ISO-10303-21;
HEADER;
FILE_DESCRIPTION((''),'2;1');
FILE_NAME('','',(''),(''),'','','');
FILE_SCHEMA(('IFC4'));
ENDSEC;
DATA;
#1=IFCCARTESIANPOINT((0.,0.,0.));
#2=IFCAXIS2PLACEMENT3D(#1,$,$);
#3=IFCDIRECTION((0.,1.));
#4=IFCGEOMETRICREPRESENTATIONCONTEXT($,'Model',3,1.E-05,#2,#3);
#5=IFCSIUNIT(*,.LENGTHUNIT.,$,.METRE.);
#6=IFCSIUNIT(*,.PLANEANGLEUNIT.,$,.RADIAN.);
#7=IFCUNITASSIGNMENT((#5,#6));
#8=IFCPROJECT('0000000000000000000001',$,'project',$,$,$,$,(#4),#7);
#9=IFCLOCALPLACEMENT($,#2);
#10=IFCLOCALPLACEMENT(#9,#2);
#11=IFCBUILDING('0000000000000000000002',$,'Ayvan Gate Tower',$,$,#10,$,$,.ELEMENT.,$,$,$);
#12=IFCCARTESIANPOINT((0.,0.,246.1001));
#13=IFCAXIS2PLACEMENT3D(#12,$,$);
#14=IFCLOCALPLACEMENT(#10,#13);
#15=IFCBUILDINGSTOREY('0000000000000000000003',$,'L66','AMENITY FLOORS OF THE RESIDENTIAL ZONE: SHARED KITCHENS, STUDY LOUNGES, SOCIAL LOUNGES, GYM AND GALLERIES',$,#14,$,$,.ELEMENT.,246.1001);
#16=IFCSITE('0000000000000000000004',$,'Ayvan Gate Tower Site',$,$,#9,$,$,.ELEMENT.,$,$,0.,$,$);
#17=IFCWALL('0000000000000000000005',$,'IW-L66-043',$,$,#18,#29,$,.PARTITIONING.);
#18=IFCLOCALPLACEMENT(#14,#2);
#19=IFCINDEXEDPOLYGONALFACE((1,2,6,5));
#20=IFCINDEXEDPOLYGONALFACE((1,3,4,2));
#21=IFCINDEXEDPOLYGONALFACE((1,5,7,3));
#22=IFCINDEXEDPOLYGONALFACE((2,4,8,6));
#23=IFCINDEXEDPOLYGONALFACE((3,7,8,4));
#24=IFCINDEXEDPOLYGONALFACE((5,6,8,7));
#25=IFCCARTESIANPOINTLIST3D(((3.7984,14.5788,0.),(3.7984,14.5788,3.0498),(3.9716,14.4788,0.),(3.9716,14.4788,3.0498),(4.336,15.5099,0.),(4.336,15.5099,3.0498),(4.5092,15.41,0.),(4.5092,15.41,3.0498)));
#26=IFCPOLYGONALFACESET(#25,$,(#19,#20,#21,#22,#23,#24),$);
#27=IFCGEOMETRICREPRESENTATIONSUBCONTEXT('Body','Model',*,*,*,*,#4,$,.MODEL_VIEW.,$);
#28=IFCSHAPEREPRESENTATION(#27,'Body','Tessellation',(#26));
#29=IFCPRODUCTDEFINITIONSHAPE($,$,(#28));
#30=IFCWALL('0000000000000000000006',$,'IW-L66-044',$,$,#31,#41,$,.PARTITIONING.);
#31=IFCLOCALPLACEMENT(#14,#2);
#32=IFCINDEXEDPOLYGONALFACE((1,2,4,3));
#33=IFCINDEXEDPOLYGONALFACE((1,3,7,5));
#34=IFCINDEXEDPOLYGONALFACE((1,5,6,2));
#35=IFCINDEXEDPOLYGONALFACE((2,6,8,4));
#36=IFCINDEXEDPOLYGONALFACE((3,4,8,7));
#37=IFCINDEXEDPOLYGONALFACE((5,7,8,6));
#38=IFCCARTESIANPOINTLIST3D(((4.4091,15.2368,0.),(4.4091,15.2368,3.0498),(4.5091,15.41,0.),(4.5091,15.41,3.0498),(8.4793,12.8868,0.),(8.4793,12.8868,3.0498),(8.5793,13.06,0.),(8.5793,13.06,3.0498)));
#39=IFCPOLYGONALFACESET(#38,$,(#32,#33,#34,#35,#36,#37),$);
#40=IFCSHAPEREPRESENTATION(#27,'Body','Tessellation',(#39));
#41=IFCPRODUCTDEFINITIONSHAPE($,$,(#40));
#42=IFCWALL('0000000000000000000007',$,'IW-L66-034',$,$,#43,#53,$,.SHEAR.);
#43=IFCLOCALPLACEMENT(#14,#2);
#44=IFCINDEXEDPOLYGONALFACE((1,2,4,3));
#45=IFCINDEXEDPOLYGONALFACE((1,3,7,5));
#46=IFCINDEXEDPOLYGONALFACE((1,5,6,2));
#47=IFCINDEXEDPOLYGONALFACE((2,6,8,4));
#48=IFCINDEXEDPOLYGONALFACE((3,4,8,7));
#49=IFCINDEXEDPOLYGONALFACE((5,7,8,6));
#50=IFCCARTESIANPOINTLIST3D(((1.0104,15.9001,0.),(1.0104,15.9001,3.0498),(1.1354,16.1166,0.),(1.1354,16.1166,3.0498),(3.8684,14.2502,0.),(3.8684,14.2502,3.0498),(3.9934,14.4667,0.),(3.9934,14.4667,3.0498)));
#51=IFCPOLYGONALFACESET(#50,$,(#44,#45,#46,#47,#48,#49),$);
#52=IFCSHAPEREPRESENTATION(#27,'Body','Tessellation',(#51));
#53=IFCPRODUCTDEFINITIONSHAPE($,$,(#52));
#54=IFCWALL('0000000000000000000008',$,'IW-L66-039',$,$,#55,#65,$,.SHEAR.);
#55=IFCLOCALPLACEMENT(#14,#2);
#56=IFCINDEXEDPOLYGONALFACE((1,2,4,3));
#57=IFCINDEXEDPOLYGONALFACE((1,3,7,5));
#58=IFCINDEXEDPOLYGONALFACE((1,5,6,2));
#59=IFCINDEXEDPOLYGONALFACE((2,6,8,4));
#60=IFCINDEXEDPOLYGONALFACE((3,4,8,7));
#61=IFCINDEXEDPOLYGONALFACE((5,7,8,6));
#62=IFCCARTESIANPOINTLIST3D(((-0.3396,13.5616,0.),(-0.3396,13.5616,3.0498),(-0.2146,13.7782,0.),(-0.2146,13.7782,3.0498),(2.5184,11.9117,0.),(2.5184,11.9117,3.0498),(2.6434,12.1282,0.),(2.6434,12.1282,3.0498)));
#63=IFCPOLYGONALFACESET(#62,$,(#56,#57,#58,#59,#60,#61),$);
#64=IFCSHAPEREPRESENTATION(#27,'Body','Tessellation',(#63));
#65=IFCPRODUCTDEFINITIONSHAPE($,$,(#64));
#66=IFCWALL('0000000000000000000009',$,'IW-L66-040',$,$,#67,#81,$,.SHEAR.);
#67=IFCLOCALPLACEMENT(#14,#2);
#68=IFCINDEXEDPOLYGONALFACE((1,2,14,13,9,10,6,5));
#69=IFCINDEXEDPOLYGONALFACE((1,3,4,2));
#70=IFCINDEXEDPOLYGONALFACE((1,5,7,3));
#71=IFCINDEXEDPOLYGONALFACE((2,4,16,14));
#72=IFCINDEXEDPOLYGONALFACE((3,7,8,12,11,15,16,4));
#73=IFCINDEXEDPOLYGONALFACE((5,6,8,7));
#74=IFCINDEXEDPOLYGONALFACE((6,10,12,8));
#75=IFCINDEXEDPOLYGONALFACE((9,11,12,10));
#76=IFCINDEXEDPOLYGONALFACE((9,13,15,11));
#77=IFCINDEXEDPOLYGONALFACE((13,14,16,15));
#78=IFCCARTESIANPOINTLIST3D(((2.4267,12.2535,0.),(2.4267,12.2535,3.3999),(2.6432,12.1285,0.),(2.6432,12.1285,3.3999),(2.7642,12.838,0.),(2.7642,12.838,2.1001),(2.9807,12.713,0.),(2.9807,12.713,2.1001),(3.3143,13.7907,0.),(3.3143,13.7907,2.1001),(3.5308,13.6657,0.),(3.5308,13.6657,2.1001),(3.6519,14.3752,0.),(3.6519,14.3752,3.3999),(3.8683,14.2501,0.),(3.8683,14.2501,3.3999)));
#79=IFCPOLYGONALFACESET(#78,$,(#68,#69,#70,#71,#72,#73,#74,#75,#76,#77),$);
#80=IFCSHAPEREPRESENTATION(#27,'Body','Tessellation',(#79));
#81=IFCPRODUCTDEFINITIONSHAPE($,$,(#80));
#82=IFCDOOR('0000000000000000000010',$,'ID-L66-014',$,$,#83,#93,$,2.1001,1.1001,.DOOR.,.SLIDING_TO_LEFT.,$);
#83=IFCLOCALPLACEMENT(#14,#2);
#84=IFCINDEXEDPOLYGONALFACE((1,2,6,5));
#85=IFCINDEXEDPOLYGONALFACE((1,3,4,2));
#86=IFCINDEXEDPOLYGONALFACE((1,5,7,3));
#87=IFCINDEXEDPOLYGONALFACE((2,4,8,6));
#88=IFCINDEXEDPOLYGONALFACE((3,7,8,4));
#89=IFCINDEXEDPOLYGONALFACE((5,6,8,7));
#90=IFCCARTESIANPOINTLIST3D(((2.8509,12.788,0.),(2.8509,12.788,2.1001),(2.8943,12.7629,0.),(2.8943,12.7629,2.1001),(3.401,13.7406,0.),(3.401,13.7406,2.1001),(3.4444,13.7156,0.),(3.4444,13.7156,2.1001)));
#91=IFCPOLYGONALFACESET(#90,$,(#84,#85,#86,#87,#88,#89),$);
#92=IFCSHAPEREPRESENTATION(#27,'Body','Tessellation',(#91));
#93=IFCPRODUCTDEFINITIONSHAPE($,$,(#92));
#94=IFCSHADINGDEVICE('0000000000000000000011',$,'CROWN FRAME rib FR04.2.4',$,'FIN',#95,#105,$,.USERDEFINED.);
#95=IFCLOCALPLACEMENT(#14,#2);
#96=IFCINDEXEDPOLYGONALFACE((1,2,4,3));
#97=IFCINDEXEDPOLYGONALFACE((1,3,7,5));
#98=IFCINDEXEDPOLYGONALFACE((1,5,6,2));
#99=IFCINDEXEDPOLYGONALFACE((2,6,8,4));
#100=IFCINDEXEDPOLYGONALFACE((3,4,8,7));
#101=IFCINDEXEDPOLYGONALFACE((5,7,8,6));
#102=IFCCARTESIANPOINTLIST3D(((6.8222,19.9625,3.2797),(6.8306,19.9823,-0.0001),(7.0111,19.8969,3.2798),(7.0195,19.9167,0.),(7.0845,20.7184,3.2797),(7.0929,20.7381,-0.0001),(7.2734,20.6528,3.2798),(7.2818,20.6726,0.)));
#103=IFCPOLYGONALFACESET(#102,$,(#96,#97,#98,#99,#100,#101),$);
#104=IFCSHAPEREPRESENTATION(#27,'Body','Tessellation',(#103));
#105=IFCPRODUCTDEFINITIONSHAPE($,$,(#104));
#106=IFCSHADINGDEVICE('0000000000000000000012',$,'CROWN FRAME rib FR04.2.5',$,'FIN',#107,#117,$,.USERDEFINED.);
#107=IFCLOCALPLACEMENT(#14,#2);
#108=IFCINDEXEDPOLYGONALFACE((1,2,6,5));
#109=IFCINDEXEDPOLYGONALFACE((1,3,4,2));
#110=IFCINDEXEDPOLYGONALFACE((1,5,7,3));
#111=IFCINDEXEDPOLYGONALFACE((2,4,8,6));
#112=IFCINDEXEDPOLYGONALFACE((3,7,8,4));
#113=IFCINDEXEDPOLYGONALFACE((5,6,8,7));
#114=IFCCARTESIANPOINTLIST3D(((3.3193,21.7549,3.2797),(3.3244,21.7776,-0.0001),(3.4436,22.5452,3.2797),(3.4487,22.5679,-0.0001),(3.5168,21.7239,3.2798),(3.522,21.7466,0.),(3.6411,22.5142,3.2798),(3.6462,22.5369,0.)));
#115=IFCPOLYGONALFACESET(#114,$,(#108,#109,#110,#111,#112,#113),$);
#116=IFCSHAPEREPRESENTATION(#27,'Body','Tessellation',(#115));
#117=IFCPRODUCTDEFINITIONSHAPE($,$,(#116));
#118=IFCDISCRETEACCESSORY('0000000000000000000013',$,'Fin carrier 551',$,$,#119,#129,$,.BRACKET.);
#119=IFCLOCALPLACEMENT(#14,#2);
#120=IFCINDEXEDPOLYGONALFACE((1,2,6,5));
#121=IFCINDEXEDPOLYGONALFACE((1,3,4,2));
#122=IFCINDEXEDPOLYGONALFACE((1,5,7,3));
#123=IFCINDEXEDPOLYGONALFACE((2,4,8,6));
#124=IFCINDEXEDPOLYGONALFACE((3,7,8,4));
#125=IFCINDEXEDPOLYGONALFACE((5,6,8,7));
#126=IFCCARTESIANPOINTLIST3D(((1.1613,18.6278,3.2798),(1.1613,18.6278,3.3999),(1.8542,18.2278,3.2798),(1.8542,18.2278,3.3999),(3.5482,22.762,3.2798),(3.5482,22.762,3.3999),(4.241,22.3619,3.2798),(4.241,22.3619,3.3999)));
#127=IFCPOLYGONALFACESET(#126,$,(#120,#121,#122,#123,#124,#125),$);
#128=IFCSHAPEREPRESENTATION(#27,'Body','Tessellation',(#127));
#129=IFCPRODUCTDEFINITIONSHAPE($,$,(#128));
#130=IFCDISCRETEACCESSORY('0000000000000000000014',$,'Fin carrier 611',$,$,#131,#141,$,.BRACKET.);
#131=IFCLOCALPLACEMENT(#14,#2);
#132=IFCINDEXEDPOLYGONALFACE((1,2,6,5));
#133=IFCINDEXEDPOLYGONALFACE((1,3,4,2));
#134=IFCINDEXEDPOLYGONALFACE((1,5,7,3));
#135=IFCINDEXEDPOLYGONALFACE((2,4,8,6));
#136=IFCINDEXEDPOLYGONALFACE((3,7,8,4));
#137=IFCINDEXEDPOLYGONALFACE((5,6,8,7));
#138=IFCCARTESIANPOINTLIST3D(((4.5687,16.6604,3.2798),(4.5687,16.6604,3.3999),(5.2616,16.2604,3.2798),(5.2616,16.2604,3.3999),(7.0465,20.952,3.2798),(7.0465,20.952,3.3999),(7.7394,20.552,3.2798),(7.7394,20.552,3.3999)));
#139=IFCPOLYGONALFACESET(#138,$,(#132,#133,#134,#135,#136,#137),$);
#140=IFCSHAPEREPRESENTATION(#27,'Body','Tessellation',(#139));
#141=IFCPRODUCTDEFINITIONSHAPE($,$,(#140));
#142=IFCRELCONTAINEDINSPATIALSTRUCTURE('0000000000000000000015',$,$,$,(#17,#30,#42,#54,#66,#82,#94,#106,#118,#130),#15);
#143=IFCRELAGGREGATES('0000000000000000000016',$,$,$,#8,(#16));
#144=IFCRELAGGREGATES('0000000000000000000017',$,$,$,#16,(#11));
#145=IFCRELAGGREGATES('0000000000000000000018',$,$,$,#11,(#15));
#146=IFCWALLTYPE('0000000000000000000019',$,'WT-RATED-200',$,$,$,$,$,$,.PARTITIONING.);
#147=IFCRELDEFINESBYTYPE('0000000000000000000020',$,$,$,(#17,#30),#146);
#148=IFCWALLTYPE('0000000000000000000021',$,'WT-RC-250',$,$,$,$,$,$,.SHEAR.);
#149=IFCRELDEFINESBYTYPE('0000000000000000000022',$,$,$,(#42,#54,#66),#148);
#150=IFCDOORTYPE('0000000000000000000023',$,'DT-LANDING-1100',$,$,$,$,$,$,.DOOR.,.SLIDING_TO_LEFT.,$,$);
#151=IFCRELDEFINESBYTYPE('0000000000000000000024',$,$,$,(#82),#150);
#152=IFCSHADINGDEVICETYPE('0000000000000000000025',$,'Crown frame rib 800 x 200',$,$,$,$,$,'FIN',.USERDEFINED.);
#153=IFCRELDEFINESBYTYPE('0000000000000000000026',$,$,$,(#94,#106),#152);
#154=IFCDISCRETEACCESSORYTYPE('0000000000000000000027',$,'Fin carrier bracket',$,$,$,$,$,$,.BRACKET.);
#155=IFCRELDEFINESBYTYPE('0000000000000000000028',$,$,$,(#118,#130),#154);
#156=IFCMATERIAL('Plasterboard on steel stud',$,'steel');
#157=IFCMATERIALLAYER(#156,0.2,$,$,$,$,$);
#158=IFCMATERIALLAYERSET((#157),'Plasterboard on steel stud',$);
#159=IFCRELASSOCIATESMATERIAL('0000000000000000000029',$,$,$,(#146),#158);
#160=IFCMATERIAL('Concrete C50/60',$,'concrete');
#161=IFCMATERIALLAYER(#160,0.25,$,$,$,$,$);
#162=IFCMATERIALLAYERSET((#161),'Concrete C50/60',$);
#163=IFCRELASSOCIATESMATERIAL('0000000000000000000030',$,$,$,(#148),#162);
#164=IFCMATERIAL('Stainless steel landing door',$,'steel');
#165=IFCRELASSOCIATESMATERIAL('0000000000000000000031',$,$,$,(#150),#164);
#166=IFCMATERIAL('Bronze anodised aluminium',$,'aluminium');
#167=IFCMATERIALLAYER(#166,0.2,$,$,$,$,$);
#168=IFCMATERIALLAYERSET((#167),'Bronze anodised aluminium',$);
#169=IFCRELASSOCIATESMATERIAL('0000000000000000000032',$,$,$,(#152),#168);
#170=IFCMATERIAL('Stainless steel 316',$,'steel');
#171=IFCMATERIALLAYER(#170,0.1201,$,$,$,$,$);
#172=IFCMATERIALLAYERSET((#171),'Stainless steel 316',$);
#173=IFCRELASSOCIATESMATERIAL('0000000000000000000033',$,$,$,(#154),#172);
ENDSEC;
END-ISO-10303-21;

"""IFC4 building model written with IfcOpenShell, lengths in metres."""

from ifc_helpers import new_model, si_unit, direction, frame, frame_2d, origin, origin_2d, place, context, subcontext, project, spatial, polyline, rectangle, outline, extrude, material, layer, layer_set, type_object, element, fill, save


model = new_model("IFC4")

# Units and contexts
model_context = context("Model", 3, precision=1e-05, world=origin(), true_north=direction((0.0, 1.0)))
body_context = subcontext(model_context, "Body", "Model", "MODEL_VIEW")
ifc_project = project(units=[si_unit("LENGTHUNIT", "METRE"), si_unit("PLANEANGLEUNIT", "RADIAN")], contexts=[model_context])

# Site, building, storey
site_placement = place(None, origin())
site = spatial("IfcSite", under=ifc_project, at=site_placement, Name="Ayvan Gate Tower Site", CompositionType="ELEMENT", RefElevation=0.0)
building_placement = place(site_placement, origin())
building = spatial("IfcBuilding", under=site, at=building_placement, Name="Ayvan Gate Tower", CompositionType="ELEMENT")
storey_placement = place(building_placement, frame((0.0, 0.0, 246.1001)))
storey = spatial("IfcBuildingStorey", under=building, at=storey_placement, Name="L66", Description="AMENITY FLOORS OF THE RESIDENTIAL ZONE: SHARED KITCHENS, STUDY LOUNGES, SOCIAL LOUNGES, GYM AND GALLERIES", CompositionType="ELEMENT", Elevation=246.1001)

# Shared definitions
ifc_material_1 = material(Name="Concrete C50/60", Category="concrete")

# Shared definitions
ifc_material_2 = material(Name="Bronze anodised aluminium", Category="aluminium")

# Walls
ifc_material_3 = material(Name="Plasterboard on steel stud", Category="steel")
ifc_layer_1 = layer(ifc_material_3, 0.2)
ifc_layer_set_1 = layer_set([ifc_layer_1], Name="Plasterboard on steel stud")
wall_type_1 = type_object("IfcWallType", Name="WT-RATED-200", PredefinedType="PARTITIONING", material=ifc_layer_set_1)
wall_1_placement = place(storey_placement, frame((3.885, 14.5288, 0.0), z_axis=(0.0, 0.0, 1.0), x_axis=(0.499998, 0.866027, 0.0)))
element("IfcWall", 1, at=wall_1_placement, inside=storey, type_object=wall_type_1, Name="IW-L66-043", PredefinedType="PARTITIONING", context=body_context, shape_type="SweptSolid", body=[
    extrude(rectangle(XDim=1.0752, YDim=0.2, at=frame_2d((0.5376, 0.0))), origin(), (0.0, 0.0, 1.0), 3.0498),
])
wall_2_placement = place(storey_placement, frame((4.459, 15.3235, 0.0), z_axis=(0.0, 0.0, 1.0), x_axis=(0.866016, -0.500016, 0.0)))
element("IfcWall", 2, at=wall_2_placement, inside=storey, type_object=wall_type_1, Name="IW-L66-044", PredefinedType="PARTITIONING", context=body_context, shape_type="SweptSolid", body=[
    extrude(rectangle(XDim=4.7, YDim=0.2, at=frame_2d((2.3501, 0.0))), origin(), (0.0, 0.0, 1.0), 3.0498),
])
ifc_layer_2 = layer(ifc_material_1, 0.25)
ifc_layer_set_2 = layer_set([ifc_layer_2], Name="Concrete C50/60")
wall_type_2 = type_object("IfcWallType", Name="WT-RC-250", PredefinedType="SHEAR", material=ifc_layer_set_2)
for number, where, z_axis, x_axis, name in (
    (3, (1.073, 16.0083, 0.0), (0.0, 0.0, 1.0), (0.86604, -0.499974, 0.0), "IW-L66-034"),
    (4, (2.5808, 12.02, 0.0), (0.0, 0.0, 1.0), (-0.86604, 0.499974, 0.0), "IW-L66-039"),
):
    element("IfcWall", number, at=place(storey_placement, frame(where, z_axis=z_axis, x_axis=x_axis)), inside=storey, type_object=wall_type_2, Name=name, PredefinedType="SHEAR", context=body_context, shape_type="SweptSolid", body=[
        extrude(rectangle(XDim=3.3, YDim=0.25, at=frame_2d((1.6499, 0.0))), origin(), (0.0, 0.0, 1.0), 3.0498),
    ])

# Wall, opening, door
wall_3_placement = place(storey_placement, frame((2.5349, 12.1909, 0.0), z_axis=(0.0, 0.0, 1.0), x_axis=(0.500062, 0.86599, 0.0)))
wall_3 = element("IfcWall", 5, at=wall_3_placement, inside=storey, type_object=wall_type_2, Name="IW-L66-040", PredefinedType="SHEAR", context=body_context, shape_type="SweptSolid", body=[
    extrude(rectangle(XDim=2.45, YDim=0.25, at=frame_2d((1.2251, 0.0))), origin(), (0.0, 0.0, 1.0), 3.3999),
])
opening_placement = place(wall_3_placement, frame((0.675, 0.0, 0.0)))
opening = element("IfcOpeningElement", 6, at=opening_placement, cuts=wall_3, PredefinedType="OPENING", context=body_context, shape_type="SweptSolid", body=[
    extrude(rectangle(XDim=1.1001, YDim=2.1001, at=frame_2d((0.55, 1.05))), frame((0.0, 0.135, 0.0), z_axis=(0.0, -1.0, 0.0), x_axis=(1.0, 0.0, 0.0)), (0.0, 0.0, 1.0), 0.27),
])
ifc_material_4 = material(Name="Stainless steel landing door", Category="steel")
door_type = type_object("IfcDoorType", Name="DT-LANDING-1100", OperationType="SLIDING_TO_LEFT", PredefinedType="DOOR", material=ifc_material_4)
door_placement = place(opening_placement, origin())
door = element("IfcDoor", 7, at=door_placement, inside=storey, type_object=door_type, Name="ID-L66-014", OperationType="SLIDING_TO_LEFT", OverallHeight=2.1001, OverallWidth=1.1001, PredefinedType="DOOR", context=body_context, shape_type="SweptSolid", body=[
    extrude(rectangle(XDim=1.1001, YDim=2.1001, at=frame_2d((0.55, 1.05))), frame((0.0, 0.0249, 0.0), z_axis=(0.0, -1.0, 0.0), x_axis=(1.0, 0.0, 0.0)), (0.0, 0.0, 1.0), 0.05),
])
fill(opening, door)

# Shading devices
ifc_layer_3 = layer(ifc_material_2, 0.2)
ifc_layer_set_3 = layer_set([ifc_layer_3], Name="Bronze anodised aluminium")
shading_device_type = type_object("IfcShadingDeviceType", Name="Crown frame rib 800 x 200", ElementType="FIN", PredefinedType="USERDEFINED", material=ifc_layer_set_3)
shading_device_1_placement = place(storey_placement, frame((7.0195, 19.9167, 0.0), z_axis=(0.944721, -0.327875, 0.000449), x_axis=(0.327876, 0.944721, 0.0)))
element("IfcShadingDevice", 8, at=shading_device_1_placement, inside=storey, type_object=shading_device_type, Name="CROWN FRAME rib FR04.2.4", ObjectType="FIN", PredefinedType="USERDEFINED", context=body_context, shape_type="SweptSolid", body=[
    extrude(outline(polyline([(0.0, 0.0), (0.8, 0.0), (0.7786, 3.2798), (-0.0215, 3.2798), (0.0, 0.0)])), origin(), (0.0, 0.0, -1.0), 0.2),
])
shading_device_2_placement = place(storey_placement, frame((3.522, 21.7466, 0.0), z_axis=(0.987862, -0.155336, 0.000469), x_axis=(0.155336, 0.987862, 0.0)))
element("IfcShadingDevice", 9, at=shading_device_2_placement, inside=storey, type_object=shading_device_type, Name="CROWN FRAME rib FR04.2.5", ObjectType="FIN", PredefinedType="USERDEFINED", context=body_context, shape_type="SweptSolid", body=[
    extrude(outline(polyline([(0.0, 0.0), (0.8, 0.0), (0.7768, 3.2798), (-0.0232, 3.2798), (0.0, 0.0)])), origin(), (0.0, 0.0, -1.0), 0.2),
])

# Discrete accessories
ifc_material_5 = material(Name="Stainless steel 316", Category="steel")
ifc_layer_4 = layer(ifc_material_5, 0.1201)
ifc_layer_set_4 = layer_set([ifc_layer_4], Name="Stainless steel 316")
discrete_accessory_type = type_object("IfcDiscreteAccessoryType", Name="Fin carrier bracket", PredefinedType="BRACKET", material=ifc_layer_set_4)
discrete_accessory_1_placement = place(storey_placement, frame((2.7012, 20.4949, 3.2798), z_axis=(0.0, 0.0, 1.0), x_axis=(-0.866025, 0.5, 0.0)))
element("IfcDiscreteAccessory", 10, at=discrete_accessory_1_placement, inside=storey, type_object=discrete_accessory_type, Name="Fin carrier 551", PredefinedType="BRACKET", context=body_context, shape_type="SweptSolid", body=[
    extrude(rectangle(XDim=0.8, YDim=4.7737, at=origin_2d()), origin(), (0.0, 0.0, 1.0), 0.1201),
])
discrete_accessory_2_placement = place(storey_placement, frame((6.1541, 18.6062, 3.2798), z_axis=(0.0, 0.0, 1.0), x_axis=(-0.866025, 0.5, 0.0)))
element("IfcDiscreteAccessory", 11, at=discrete_accessory_2_placement, inside=storey, type_object=discrete_accessory_type, Name="Fin carrier 611", PredefinedType="BRACKET", context=body_context, shape_type="SweptSolid", body=[
    extrude(rectangle(XDim=0.8, YDim=4.9556, at=origin_2d()), origin(), (0.0, 0.0, 1.0), 0.1201),
])

save(model, "model.ifc")
